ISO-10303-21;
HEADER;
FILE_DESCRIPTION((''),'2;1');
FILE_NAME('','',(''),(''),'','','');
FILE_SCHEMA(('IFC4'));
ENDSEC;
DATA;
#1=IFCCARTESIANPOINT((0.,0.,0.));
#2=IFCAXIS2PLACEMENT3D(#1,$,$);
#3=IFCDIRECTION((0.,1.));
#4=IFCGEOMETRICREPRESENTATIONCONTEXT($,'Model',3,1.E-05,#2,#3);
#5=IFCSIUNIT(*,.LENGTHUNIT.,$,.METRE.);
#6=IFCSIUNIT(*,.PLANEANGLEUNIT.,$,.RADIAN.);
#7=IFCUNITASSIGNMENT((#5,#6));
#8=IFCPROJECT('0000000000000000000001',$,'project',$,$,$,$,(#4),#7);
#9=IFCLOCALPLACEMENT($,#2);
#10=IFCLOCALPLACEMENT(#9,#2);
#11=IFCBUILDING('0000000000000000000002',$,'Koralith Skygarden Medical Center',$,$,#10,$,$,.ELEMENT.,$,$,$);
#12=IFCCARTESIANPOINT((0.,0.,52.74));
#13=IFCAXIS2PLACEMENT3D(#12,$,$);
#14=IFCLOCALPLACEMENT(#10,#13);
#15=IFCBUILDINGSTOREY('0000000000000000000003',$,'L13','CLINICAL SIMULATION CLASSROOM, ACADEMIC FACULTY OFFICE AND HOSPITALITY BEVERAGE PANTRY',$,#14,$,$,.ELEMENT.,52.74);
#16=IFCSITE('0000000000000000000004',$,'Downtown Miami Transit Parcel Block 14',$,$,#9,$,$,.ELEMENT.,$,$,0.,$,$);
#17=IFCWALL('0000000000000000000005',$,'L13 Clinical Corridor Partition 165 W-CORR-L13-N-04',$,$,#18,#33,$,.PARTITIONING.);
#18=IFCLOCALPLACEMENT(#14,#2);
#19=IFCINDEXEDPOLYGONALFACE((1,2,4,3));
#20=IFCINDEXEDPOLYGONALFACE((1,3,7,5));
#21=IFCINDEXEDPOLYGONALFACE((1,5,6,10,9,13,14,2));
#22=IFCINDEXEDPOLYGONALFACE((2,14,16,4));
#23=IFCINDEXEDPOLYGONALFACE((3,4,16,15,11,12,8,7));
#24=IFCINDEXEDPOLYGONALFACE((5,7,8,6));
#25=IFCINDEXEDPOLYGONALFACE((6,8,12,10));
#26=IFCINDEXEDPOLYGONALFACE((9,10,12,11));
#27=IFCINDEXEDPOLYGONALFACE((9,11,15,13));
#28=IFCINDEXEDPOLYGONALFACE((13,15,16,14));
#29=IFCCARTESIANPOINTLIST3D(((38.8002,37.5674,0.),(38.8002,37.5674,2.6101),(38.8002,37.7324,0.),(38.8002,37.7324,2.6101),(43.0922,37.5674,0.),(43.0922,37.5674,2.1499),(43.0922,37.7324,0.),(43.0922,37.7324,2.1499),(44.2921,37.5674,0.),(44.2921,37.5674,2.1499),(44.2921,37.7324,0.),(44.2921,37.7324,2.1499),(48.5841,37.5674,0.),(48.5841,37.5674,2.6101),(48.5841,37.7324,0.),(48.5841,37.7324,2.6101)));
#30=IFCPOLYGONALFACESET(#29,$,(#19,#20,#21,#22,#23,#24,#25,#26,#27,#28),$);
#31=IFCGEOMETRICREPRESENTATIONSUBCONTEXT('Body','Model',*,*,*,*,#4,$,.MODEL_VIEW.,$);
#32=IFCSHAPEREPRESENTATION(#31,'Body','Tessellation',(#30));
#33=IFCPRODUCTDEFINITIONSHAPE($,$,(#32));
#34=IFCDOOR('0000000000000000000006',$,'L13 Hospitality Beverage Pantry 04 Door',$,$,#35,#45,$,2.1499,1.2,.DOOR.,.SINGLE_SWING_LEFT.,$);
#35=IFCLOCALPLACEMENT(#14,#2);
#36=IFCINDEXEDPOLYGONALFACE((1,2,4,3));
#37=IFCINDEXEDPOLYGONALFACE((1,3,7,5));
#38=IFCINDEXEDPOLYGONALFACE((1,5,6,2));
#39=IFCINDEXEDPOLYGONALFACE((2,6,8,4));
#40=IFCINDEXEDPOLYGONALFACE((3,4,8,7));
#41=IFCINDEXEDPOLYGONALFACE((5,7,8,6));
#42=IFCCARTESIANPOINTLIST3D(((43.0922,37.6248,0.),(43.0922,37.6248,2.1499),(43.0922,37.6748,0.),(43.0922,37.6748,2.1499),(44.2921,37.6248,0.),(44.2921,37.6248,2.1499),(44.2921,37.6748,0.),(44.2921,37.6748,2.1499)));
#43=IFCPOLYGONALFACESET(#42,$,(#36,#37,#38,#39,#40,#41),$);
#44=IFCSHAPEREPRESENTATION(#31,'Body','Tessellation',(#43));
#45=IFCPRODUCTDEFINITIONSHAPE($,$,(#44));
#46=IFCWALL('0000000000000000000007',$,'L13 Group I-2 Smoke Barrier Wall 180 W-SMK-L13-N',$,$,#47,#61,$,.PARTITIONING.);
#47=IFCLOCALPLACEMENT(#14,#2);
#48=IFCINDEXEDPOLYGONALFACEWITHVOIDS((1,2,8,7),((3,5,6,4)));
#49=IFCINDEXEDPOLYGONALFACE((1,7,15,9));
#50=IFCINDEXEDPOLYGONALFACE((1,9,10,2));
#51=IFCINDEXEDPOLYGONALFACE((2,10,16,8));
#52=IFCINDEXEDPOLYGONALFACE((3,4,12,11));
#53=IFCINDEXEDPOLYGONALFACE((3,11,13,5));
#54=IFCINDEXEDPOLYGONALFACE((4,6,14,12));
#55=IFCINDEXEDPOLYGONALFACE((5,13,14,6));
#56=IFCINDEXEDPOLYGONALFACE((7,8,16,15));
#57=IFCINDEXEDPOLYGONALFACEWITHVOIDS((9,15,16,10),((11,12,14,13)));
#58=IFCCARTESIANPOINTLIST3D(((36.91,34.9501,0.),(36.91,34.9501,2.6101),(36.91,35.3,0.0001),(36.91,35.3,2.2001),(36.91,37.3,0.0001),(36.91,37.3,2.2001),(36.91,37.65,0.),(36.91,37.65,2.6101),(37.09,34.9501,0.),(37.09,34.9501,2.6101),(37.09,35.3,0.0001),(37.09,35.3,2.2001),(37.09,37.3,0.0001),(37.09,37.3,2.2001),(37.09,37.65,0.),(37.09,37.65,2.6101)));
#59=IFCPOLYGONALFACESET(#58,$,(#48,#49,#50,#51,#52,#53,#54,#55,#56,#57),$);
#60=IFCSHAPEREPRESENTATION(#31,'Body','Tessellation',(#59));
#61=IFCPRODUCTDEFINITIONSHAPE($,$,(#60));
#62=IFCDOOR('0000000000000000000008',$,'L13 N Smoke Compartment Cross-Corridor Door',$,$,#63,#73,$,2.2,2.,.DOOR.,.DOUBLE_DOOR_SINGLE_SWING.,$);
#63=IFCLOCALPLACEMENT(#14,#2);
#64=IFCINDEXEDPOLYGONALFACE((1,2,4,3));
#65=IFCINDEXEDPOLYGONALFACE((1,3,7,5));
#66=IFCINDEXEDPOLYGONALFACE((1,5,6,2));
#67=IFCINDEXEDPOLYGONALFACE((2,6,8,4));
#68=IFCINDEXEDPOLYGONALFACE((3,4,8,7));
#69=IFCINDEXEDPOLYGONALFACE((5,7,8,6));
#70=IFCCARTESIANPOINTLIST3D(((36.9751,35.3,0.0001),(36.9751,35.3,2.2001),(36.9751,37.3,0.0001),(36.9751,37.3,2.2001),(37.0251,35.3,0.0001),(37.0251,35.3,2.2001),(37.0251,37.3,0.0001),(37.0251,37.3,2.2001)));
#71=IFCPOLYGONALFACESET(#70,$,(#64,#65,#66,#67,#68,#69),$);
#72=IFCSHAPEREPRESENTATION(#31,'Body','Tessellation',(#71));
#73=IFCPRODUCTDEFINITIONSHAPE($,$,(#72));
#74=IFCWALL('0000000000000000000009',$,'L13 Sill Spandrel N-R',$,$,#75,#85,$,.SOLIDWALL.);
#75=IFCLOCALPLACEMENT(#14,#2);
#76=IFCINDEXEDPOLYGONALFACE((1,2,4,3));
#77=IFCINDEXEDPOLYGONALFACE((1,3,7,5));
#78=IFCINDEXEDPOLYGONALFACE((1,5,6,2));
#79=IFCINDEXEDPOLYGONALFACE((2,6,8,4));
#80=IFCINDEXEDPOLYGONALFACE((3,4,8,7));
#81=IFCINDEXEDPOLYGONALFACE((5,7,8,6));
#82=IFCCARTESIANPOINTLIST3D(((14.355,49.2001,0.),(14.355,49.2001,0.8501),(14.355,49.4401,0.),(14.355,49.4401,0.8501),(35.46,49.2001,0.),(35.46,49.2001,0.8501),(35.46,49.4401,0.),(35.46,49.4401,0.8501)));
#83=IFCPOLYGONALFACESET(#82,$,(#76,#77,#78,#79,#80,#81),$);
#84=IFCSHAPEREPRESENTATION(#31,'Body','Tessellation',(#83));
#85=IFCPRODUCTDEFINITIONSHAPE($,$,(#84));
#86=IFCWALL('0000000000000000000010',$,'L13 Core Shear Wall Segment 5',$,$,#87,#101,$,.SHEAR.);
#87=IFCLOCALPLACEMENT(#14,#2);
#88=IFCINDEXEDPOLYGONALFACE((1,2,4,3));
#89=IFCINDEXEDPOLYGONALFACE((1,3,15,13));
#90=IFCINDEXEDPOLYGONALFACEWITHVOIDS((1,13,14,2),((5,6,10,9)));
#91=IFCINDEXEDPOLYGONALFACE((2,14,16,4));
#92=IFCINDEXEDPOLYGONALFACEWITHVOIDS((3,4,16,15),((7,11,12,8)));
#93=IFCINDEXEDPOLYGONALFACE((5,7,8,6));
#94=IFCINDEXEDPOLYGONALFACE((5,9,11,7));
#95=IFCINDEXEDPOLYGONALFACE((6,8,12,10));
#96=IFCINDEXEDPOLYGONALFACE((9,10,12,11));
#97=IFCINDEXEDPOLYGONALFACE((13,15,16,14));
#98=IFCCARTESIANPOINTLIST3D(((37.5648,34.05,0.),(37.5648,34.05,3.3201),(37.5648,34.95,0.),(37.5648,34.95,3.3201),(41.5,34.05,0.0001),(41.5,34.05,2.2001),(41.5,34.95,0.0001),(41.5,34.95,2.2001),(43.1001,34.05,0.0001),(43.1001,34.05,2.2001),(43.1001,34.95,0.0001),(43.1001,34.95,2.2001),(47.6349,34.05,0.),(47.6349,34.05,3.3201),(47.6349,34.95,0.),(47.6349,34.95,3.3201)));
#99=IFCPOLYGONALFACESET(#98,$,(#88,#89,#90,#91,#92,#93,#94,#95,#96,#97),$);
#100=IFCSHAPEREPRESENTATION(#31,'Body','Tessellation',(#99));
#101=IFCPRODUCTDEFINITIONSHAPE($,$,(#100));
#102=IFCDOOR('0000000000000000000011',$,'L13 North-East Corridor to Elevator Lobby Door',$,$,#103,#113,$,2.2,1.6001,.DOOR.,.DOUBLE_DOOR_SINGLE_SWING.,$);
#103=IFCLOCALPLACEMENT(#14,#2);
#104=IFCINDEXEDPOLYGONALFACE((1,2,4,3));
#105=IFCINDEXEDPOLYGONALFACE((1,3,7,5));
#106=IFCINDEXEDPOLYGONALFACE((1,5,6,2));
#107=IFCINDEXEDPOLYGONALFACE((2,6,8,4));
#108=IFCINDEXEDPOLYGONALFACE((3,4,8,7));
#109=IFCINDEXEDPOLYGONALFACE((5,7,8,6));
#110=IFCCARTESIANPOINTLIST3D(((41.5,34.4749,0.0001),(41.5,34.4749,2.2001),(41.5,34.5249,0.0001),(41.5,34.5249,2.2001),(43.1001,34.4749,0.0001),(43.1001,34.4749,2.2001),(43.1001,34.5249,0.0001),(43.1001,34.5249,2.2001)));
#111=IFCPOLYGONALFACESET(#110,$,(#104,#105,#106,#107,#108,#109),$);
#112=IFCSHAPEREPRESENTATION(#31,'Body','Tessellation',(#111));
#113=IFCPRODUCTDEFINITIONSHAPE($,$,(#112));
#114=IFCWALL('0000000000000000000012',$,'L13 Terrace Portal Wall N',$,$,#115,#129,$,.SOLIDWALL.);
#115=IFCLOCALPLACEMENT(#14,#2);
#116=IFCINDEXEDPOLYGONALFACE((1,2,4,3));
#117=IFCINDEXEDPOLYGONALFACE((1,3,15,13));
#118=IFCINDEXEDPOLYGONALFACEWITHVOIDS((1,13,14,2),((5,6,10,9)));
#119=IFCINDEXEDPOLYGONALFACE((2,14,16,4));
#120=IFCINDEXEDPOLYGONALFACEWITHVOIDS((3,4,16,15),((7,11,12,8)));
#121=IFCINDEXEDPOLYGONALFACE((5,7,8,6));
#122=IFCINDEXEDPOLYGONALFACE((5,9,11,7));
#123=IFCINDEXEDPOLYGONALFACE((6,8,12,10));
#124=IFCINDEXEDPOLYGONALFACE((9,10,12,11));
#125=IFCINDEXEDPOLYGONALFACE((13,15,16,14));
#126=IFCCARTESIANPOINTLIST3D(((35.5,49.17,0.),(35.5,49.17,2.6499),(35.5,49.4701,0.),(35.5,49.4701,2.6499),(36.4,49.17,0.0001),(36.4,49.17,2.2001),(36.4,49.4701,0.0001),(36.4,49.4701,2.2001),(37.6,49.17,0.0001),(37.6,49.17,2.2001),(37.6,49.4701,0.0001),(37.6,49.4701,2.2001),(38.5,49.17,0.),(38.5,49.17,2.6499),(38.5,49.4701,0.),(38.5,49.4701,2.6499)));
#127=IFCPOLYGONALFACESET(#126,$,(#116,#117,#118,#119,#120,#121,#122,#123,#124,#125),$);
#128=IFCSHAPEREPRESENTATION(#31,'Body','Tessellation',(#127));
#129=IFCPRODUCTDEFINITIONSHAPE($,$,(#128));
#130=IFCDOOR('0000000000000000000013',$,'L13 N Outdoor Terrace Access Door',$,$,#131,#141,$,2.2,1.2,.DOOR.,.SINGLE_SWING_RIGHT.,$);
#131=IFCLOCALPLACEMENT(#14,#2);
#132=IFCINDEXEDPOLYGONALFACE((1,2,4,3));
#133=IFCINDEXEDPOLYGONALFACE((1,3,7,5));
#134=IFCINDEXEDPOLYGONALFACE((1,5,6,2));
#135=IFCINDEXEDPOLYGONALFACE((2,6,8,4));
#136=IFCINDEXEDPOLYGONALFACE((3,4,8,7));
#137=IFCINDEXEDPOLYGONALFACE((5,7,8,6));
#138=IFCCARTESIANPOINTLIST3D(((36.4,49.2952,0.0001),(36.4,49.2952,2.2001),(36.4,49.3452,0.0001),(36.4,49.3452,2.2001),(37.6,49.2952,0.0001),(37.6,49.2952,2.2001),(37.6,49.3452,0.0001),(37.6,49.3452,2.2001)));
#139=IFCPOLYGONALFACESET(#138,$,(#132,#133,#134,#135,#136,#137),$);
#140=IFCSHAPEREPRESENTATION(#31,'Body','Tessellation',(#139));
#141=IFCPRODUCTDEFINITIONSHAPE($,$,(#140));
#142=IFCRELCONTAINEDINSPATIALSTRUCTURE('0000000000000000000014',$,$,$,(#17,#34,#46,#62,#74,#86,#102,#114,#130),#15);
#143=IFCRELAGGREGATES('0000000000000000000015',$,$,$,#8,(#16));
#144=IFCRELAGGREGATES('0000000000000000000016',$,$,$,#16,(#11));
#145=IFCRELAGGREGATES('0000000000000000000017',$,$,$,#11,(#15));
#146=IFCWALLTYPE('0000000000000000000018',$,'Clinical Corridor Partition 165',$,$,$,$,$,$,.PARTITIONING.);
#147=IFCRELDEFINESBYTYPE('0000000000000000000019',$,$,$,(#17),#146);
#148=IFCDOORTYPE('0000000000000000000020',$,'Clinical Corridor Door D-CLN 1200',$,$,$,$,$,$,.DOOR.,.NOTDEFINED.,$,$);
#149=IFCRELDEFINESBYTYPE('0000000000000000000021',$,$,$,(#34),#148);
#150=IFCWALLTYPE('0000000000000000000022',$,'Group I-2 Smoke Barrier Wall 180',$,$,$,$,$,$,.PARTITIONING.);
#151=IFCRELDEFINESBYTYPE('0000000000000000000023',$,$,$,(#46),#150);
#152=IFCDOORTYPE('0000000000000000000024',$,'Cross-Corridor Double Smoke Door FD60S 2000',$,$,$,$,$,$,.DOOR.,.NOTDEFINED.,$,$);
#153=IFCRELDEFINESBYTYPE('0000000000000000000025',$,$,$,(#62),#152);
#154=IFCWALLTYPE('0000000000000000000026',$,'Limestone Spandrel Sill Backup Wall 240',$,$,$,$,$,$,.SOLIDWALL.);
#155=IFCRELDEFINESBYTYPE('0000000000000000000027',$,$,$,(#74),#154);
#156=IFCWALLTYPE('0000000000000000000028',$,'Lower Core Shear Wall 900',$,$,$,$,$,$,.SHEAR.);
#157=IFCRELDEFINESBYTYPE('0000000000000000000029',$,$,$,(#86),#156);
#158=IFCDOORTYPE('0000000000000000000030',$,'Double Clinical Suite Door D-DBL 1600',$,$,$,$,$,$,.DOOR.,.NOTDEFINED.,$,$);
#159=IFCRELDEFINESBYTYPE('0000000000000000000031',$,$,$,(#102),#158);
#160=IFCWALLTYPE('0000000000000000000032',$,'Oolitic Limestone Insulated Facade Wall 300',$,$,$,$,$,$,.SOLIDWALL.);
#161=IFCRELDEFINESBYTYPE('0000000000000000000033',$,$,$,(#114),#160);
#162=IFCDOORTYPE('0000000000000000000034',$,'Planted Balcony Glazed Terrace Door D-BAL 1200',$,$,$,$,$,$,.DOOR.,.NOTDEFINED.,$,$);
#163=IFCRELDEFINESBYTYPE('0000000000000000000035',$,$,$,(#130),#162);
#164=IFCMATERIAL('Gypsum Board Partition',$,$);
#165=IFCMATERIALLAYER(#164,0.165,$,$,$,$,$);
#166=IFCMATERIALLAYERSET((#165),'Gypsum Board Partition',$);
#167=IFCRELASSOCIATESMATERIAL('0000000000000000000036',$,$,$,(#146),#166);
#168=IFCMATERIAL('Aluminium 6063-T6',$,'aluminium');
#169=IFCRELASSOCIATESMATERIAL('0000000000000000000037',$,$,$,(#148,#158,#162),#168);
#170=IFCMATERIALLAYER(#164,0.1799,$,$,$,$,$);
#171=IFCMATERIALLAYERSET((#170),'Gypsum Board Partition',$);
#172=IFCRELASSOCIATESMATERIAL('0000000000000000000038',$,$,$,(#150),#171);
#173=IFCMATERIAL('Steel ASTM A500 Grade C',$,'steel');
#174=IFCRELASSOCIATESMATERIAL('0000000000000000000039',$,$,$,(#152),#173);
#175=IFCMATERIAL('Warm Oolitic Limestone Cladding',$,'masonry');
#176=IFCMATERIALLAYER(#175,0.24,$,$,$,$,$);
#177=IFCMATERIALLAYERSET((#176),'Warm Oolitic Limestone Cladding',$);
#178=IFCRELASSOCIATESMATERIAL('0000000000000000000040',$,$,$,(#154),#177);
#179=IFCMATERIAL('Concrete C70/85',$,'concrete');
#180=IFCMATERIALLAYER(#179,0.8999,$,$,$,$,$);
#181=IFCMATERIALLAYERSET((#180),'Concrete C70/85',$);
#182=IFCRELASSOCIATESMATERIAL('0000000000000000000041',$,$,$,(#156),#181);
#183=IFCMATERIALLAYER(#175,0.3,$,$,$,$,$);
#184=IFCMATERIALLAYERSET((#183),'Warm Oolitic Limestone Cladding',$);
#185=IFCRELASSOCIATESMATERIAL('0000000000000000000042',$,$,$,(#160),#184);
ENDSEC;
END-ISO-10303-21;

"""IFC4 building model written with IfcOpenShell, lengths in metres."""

from ifc_helpers import new_model, si_unit, direction, frame, frame_2d, origin, place, context, subcontext, project, spatial, rectangle, extrude, material, layer, layer_set, type_object, element, fill, save


model = new_model("IFC4")

# Units and contexts
model_context = context("Model", 3, precision=1e-05, world=origin(), true_north=direction((0.0, 1.0)))
body_context = subcontext(model_context, "Body", "Model", "MODEL_VIEW")
ifc_project = project(units=[si_unit("LENGTHUNIT", "METRE"), si_unit("PLANEANGLEUNIT", "RADIAN")], contexts=[model_context])

# Site, building, storey
site_placement = place(None, origin())
site = spatial("IfcSite", under=ifc_project, at=site_placement, Name="Downtown Miami Transit Parcel Block 14", CompositionType="ELEMENT", RefElevation=0.0)
building_placement = place(site_placement, origin())
building = spatial("IfcBuilding", under=site, at=building_placement, Name="Koralith Skygarden Medical Center", CompositionType="ELEMENT")
storey_placement = place(building_placement, frame((0.0, 0.0, 52.74)))
storey = spatial("IfcBuildingStorey", under=building, at=storey_placement, Name="L13", Description="CLINICAL SIMULATION CLASSROOM, ACADEMIC FACULTY OFFICE AND HOSPITALITY BEVERAGE PANTRY", CompositionType="ELEMENT", Elevation=52.74)

# Shared definitions
ifc_material_1 = material(Name="Concrete C70/85", Category="concrete")

# Shared definitions
ifc_material_2 = material(Name="Aluminium 6063-T6", Category="aluminium")

# Shared definitions
ifc_material_3 = material(Name="Gypsum Board Partition")

# Walls, openings, doors
ifc_layer_1 = layer(ifc_material_3, 0.165)
ifc_layer_set_1 = layer_set([ifc_layer_1], Name="Gypsum Board Partition")
wall_type_1 = type_object("IfcWallType", Name="Clinical Corridor Partition 165", PredefinedType="PARTITIONING", material=ifc_layer_set_1)
wall_1_placement = place(storey_placement, frame((38.8, 37.6499, 0.0), z_axis=(0.0, 0.0, 1.0), x_axis=(1.0, 0.0, 0.0)))
wall_1 = element("IfcWall", 1, at=wall_1_placement, inside=storey, type_object=wall_type_1, Name="L13 Clinical Corridor Partition 165 W-CORR-L13-N-04", PredefinedType="PARTITIONING", context=body_context, shape_type="SweptSolid", body=[
    extrude(rectangle(XDim=9.7839, YDim=0.165, at=frame_2d((4.8921, 0.0))), origin(), (0.0, 0.0, 1.0), 2.6101),
])
opening_1_placement = place(wall_1_placement, frame((4.292, 0.0, 0.0)))
opening_1 = element("IfcOpeningElement", 2, at=opening_1_placement, cuts=wall_1, PredefinedType="OPENING", context=body_context, shape_type="SweptSolid", body=[
    extrude(rectangle(XDim=1.2, YDim=2.1499, at=frame_2d((0.6001, 1.075))), frame((0.0, 0.0925, 0.0), z_axis=(0.0, -1.0, 0.0), x_axis=(1.0, 0.0, 0.0)), (0.0, 0.0, 1.0), 0.1851),
])
door_type_1 = type_object("IfcDoorType", Name="Clinical Corridor Door D-CLN 1200", OperationType="NOTDEFINED", PredefinedType="DOOR", material=ifc_material_2)
door_1_placement = place(opening_1_placement, origin())
door_1 = element("IfcDoor", 3, at=door_1_placement, inside=storey, type_object=door_type_1, Name="L13 Hospitality Beverage Pantry 04 Door", OperationType="SINGLE_SWING_LEFT", OverallHeight=2.1499, OverallWidth=1.2, PredefinedType="DOOR", context=body_context, shape_type="SweptSolid", body=[
    extrude(rectangle(XDim=1.2, YDim=2.1499, at=frame_2d((0.6001, 1.075))), frame((0.0, 0.0249, 0.0), z_axis=(0.0, -1.0, 0.0), x_axis=(1.0, 0.0, 0.0)), (0.0, 0.0, 1.0), 0.05),
])
fill(opening_1, door_1)
ifc_layer_2 = layer(ifc_material_3, 0.1799)
ifc_layer_set_2 = layer_set([ifc_layer_2], Name="Gypsum Board Partition")
wall_type_2 = type_object("IfcWallType", Name="Group I-2 Smoke Barrier Wall 180", PredefinedType="PARTITIONING", material=ifc_layer_set_2)
wall_2_placement = place(storey_placement, frame((37.0, 34.95, 0.0), z_axis=(0.0, 0.0, 1.0), x_axis=(0.0, 1.0, 0.0)))
wall_2 = element("IfcWall", 4, at=wall_2_placement, inside=storey, type_object=wall_type_2, Name="L13 Group I-2 Smoke Barrier Wall 180 W-SMK-L13-N", PredefinedType="PARTITIONING", context=body_context, shape_type="SweptSolid", body=[
    extrude(rectangle(XDim=2.7, YDim=0.1799, at=frame_2d((1.3501, 0.0))), origin(), (0.0, 0.0, 1.0), 2.6101),
])
opening_2_placement = place(wall_2_placement, frame((0.3501, 0.0, 0.0)))
opening_2 = element("IfcOpeningElement", 5, at=opening_2_placement, cuts=wall_2, PredefinedType="OPENING", context=body_context, shape_type="SweptSolid", body=[
    extrude(rectangle(XDim=2.0, YDim=2.2, at=frame_2d((1.0, 1.1001))), frame((0.0, 0.0999, 0.0), z_axis=(0.0, -1.0, 0.0), x_axis=(1.0, 0.0, 0.0)), (0.0, 0.0, 1.0), 0.2),
])
ifc_material_4 = material(Name="Steel ASTM A500 Grade C", Category="steel")
door_type_2 = type_object("IfcDoorType", Name="Cross-Corridor Double Smoke Door FD60S 2000", OperationType="NOTDEFINED", PredefinedType="DOOR", material=ifc_material_4)
door_2_placement = place(opening_2_placement, origin())
door_2 = element("IfcDoor", 6, at=door_2_placement, inside=storey, type_object=door_type_2, Name="L13 N Smoke Compartment Cross-Corridor Door", OperationType="DOUBLE_DOOR_SINGLE_SWING", OverallHeight=2.2, OverallWidth=2.0, PredefinedType="DOOR", context=body_context, shape_type="SweptSolid", body=[
    extrude(rectangle(XDim=2.0, YDim=2.2, at=frame_2d((1.0, 1.1001))), frame((0.0, 0.0249, 0.0), z_axis=(0.0, -1.0, 0.0), x_axis=(1.0, 0.0, 0.0)), (0.0, 0.0, 1.0), 0.05),
])
fill(opening_2, door_2)

# Wall
ifc_material_5 = material(Name="Warm Oolitic Limestone Cladding", Category="masonry")
ifc_layer_3 = layer(ifc_material_5, 0.24)
ifc_layer_set_3 = layer_set([ifc_layer_3], Name="Warm Oolitic Limestone Cladding")
wall_type_3 = type_object("IfcWallType", Name="Limestone Spandrel Sill Backup Wall 240", PredefinedType="SOLIDWALL", material=ifc_layer_set_3)
wall_3_placement = place(storey_placement, frame((35.46, 49.3201, 0.0), z_axis=(0.0, 0.0, 1.0), x_axis=(-1.0, 0.0, 0.0)))
element("IfcWall", 7, at=wall_3_placement, inside=storey, type_object=wall_type_3, Name="L13 Sill Spandrel N-R", PredefinedType="SOLIDWALL", context=body_context, shape_type="SweptSolid", body=[
    extrude(rectangle(XDim=21.105, YDim=0.24, at=frame_2d((10.5525, 0.0))), origin(), (0.0, 0.0, 1.0), 0.8501),
])

# Walls, openings, doors
ifc_layer_4 = layer(ifc_material_1, 0.8999)
ifc_layer_set_4 = layer_set([ifc_layer_4], Name="Concrete C70/85")
wall_type_4 = type_object("IfcWallType", Name="Lower Core Shear Wall 900", PredefinedType="SHEAR", material=ifc_layer_set_4)
wall_4_placement = place(storey_placement, frame((47.635, 34.5, 0.0), z_axis=(0.0, 0.0, 1.0), x_axis=(-1.0, 0.0, 0.0)))
wall_4 = element("IfcWall", 8, at=wall_4_placement, inside=storey, type_object=wall_type_4, Name="L13 Core Shear Wall Segment 5", PredefinedType="SHEAR", context=body_context, shape_type="SweptSolid", body=[
    extrude(rectangle(XDim=10.0701, YDim=0.8999, at=frame_2d((5.0352, 0.0))), origin(), (0.0, 0.0, 1.0), 3.3201),
])
opening_3_placement = place(wall_4_placement, frame((4.5349, 0.0, 0.0)))
opening_3 = element("IfcOpeningElement", 9, at=opening_3_placement, cuts=wall_4, PredefinedType="OPENING", context=body_context, shape_type="SweptSolid", body=[
    extrude(rectangle(XDim=1.6001, YDim=2.2, at=frame_2d((0.8, 1.1001))), frame((0.0, 0.46, 0.0), z_axis=(0.0, -1.0, 0.0), x_axis=(1.0, 0.0, 0.0)), (0.0, 0.0, 1.0), 0.9199),
])
door_type_3 = type_object("IfcDoorType", Name="Double Clinical Suite Door D-DBL 1600", OperationType="NOTDEFINED", PredefinedType="DOOR", material=ifc_material_2)
door_3_placement = place(opening_3_placement, frame((1.6001, 0.0, 0.0), z_axis=(0.0, 0.0, 1.0), x_axis=(-1.0, 0.0, 0.0)))
door_3 = element("IfcDoor", 10, at=door_3_placement, inside=storey, type_object=door_type_3, Name="L13 North-East Corridor to Elevator Lobby Door", OperationType="DOUBLE_DOOR_SINGLE_SWING", OverallHeight=2.2, OverallWidth=1.6001, PredefinedType="DOOR", context=body_context, shape_type="SweptSolid", body=[
    extrude(rectangle(XDim=1.6001, YDim=2.2, at=frame_2d((0.8, 1.1001))), frame((0.0, 0.0249, 0.0), z_axis=(0.0, -1.0, 0.0), x_axis=(1.0, 0.0, 0.0)), (0.0, 0.0, 1.0), 0.05),
])
fill(opening_3, door_3)
ifc_layer_5 = layer(ifc_material_5, 0.3)
ifc_layer_set_5 = layer_set([ifc_layer_5], Name="Warm Oolitic Limestone Cladding")
wall_type_5 = type_object("IfcWallType", Name="Oolitic Limestone Insulated Facade Wall 300", PredefinedType="SOLIDWALL", material=ifc_layer_set_5)
wall_5_placement = place(storey_placement, frame((38.5, 49.3201, 0.0), z_axis=(0.0, 0.0, 1.0), x_axis=(-1.0, 0.0, 0.0)))
wall_5 = element("IfcWall", 11, at=wall_5_placement, inside=storey, type_object=wall_type_5, Name="L13 Terrace Portal Wall N", PredefinedType="SOLIDWALL", context=body_context, shape_type="SweptSolid", body=[
    extrude(rectangle(XDim=3.0, YDim=0.3, at=frame_2d((1.5, 0.0))), origin(), (0.0, 0.0, 1.0), 2.6499),
])
opening_4_placement = place(wall_5_placement, frame((0.8999, 0.0, 0.0)))
opening_4 = element("IfcOpeningElement", 12, at=opening_4_placement, cuts=wall_5, PredefinedType="OPENING", context=body_context, shape_type="SweptSolid", body=[
    extrude(rectangle(XDim=1.2, YDim=2.2, at=frame_2d((0.6001, 1.1001))), frame((0.0, 0.1599, 0.0), z_axis=(0.0, -1.0, 0.0), x_axis=(1.0, 0.0, 0.0)), (0.0, 0.0, 1.0), 0.3201),
])
door_type_4 = type_object("IfcDoorType", Name="Planted Balcony Glazed Terrace Door D-BAL 1200", OperationType="NOTDEFINED", PredefinedType="DOOR", material=ifc_material_2)
door_4_placement = place(opening_4_placement, origin())
door_4 = element("IfcDoor", 13, at=door_4_placement, inside=storey, type_object=door_type_4, Name="L13 N Outdoor Terrace Access Door", OperationType="SINGLE_SWING_RIGHT", OverallHeight=2.2, OverallWidth=1.2, PredefinedType="DOOR", context=body_context, shape_type="SweptSolid", body=[
    extrude(rectangle(XDim=1.2, YDim=2.2, at=frame_2d((0.6001, 1.1001))), frame((0.0, 0.0249, 0.0), z_axis=(0.0, -1.0, 0.0), x_axis=(1.0, 0.0, 0.0)), (0.0, 0.0, 1.0), 0.05),
])
fill(opening_4, door_4)

save(model, "model.ifc")
